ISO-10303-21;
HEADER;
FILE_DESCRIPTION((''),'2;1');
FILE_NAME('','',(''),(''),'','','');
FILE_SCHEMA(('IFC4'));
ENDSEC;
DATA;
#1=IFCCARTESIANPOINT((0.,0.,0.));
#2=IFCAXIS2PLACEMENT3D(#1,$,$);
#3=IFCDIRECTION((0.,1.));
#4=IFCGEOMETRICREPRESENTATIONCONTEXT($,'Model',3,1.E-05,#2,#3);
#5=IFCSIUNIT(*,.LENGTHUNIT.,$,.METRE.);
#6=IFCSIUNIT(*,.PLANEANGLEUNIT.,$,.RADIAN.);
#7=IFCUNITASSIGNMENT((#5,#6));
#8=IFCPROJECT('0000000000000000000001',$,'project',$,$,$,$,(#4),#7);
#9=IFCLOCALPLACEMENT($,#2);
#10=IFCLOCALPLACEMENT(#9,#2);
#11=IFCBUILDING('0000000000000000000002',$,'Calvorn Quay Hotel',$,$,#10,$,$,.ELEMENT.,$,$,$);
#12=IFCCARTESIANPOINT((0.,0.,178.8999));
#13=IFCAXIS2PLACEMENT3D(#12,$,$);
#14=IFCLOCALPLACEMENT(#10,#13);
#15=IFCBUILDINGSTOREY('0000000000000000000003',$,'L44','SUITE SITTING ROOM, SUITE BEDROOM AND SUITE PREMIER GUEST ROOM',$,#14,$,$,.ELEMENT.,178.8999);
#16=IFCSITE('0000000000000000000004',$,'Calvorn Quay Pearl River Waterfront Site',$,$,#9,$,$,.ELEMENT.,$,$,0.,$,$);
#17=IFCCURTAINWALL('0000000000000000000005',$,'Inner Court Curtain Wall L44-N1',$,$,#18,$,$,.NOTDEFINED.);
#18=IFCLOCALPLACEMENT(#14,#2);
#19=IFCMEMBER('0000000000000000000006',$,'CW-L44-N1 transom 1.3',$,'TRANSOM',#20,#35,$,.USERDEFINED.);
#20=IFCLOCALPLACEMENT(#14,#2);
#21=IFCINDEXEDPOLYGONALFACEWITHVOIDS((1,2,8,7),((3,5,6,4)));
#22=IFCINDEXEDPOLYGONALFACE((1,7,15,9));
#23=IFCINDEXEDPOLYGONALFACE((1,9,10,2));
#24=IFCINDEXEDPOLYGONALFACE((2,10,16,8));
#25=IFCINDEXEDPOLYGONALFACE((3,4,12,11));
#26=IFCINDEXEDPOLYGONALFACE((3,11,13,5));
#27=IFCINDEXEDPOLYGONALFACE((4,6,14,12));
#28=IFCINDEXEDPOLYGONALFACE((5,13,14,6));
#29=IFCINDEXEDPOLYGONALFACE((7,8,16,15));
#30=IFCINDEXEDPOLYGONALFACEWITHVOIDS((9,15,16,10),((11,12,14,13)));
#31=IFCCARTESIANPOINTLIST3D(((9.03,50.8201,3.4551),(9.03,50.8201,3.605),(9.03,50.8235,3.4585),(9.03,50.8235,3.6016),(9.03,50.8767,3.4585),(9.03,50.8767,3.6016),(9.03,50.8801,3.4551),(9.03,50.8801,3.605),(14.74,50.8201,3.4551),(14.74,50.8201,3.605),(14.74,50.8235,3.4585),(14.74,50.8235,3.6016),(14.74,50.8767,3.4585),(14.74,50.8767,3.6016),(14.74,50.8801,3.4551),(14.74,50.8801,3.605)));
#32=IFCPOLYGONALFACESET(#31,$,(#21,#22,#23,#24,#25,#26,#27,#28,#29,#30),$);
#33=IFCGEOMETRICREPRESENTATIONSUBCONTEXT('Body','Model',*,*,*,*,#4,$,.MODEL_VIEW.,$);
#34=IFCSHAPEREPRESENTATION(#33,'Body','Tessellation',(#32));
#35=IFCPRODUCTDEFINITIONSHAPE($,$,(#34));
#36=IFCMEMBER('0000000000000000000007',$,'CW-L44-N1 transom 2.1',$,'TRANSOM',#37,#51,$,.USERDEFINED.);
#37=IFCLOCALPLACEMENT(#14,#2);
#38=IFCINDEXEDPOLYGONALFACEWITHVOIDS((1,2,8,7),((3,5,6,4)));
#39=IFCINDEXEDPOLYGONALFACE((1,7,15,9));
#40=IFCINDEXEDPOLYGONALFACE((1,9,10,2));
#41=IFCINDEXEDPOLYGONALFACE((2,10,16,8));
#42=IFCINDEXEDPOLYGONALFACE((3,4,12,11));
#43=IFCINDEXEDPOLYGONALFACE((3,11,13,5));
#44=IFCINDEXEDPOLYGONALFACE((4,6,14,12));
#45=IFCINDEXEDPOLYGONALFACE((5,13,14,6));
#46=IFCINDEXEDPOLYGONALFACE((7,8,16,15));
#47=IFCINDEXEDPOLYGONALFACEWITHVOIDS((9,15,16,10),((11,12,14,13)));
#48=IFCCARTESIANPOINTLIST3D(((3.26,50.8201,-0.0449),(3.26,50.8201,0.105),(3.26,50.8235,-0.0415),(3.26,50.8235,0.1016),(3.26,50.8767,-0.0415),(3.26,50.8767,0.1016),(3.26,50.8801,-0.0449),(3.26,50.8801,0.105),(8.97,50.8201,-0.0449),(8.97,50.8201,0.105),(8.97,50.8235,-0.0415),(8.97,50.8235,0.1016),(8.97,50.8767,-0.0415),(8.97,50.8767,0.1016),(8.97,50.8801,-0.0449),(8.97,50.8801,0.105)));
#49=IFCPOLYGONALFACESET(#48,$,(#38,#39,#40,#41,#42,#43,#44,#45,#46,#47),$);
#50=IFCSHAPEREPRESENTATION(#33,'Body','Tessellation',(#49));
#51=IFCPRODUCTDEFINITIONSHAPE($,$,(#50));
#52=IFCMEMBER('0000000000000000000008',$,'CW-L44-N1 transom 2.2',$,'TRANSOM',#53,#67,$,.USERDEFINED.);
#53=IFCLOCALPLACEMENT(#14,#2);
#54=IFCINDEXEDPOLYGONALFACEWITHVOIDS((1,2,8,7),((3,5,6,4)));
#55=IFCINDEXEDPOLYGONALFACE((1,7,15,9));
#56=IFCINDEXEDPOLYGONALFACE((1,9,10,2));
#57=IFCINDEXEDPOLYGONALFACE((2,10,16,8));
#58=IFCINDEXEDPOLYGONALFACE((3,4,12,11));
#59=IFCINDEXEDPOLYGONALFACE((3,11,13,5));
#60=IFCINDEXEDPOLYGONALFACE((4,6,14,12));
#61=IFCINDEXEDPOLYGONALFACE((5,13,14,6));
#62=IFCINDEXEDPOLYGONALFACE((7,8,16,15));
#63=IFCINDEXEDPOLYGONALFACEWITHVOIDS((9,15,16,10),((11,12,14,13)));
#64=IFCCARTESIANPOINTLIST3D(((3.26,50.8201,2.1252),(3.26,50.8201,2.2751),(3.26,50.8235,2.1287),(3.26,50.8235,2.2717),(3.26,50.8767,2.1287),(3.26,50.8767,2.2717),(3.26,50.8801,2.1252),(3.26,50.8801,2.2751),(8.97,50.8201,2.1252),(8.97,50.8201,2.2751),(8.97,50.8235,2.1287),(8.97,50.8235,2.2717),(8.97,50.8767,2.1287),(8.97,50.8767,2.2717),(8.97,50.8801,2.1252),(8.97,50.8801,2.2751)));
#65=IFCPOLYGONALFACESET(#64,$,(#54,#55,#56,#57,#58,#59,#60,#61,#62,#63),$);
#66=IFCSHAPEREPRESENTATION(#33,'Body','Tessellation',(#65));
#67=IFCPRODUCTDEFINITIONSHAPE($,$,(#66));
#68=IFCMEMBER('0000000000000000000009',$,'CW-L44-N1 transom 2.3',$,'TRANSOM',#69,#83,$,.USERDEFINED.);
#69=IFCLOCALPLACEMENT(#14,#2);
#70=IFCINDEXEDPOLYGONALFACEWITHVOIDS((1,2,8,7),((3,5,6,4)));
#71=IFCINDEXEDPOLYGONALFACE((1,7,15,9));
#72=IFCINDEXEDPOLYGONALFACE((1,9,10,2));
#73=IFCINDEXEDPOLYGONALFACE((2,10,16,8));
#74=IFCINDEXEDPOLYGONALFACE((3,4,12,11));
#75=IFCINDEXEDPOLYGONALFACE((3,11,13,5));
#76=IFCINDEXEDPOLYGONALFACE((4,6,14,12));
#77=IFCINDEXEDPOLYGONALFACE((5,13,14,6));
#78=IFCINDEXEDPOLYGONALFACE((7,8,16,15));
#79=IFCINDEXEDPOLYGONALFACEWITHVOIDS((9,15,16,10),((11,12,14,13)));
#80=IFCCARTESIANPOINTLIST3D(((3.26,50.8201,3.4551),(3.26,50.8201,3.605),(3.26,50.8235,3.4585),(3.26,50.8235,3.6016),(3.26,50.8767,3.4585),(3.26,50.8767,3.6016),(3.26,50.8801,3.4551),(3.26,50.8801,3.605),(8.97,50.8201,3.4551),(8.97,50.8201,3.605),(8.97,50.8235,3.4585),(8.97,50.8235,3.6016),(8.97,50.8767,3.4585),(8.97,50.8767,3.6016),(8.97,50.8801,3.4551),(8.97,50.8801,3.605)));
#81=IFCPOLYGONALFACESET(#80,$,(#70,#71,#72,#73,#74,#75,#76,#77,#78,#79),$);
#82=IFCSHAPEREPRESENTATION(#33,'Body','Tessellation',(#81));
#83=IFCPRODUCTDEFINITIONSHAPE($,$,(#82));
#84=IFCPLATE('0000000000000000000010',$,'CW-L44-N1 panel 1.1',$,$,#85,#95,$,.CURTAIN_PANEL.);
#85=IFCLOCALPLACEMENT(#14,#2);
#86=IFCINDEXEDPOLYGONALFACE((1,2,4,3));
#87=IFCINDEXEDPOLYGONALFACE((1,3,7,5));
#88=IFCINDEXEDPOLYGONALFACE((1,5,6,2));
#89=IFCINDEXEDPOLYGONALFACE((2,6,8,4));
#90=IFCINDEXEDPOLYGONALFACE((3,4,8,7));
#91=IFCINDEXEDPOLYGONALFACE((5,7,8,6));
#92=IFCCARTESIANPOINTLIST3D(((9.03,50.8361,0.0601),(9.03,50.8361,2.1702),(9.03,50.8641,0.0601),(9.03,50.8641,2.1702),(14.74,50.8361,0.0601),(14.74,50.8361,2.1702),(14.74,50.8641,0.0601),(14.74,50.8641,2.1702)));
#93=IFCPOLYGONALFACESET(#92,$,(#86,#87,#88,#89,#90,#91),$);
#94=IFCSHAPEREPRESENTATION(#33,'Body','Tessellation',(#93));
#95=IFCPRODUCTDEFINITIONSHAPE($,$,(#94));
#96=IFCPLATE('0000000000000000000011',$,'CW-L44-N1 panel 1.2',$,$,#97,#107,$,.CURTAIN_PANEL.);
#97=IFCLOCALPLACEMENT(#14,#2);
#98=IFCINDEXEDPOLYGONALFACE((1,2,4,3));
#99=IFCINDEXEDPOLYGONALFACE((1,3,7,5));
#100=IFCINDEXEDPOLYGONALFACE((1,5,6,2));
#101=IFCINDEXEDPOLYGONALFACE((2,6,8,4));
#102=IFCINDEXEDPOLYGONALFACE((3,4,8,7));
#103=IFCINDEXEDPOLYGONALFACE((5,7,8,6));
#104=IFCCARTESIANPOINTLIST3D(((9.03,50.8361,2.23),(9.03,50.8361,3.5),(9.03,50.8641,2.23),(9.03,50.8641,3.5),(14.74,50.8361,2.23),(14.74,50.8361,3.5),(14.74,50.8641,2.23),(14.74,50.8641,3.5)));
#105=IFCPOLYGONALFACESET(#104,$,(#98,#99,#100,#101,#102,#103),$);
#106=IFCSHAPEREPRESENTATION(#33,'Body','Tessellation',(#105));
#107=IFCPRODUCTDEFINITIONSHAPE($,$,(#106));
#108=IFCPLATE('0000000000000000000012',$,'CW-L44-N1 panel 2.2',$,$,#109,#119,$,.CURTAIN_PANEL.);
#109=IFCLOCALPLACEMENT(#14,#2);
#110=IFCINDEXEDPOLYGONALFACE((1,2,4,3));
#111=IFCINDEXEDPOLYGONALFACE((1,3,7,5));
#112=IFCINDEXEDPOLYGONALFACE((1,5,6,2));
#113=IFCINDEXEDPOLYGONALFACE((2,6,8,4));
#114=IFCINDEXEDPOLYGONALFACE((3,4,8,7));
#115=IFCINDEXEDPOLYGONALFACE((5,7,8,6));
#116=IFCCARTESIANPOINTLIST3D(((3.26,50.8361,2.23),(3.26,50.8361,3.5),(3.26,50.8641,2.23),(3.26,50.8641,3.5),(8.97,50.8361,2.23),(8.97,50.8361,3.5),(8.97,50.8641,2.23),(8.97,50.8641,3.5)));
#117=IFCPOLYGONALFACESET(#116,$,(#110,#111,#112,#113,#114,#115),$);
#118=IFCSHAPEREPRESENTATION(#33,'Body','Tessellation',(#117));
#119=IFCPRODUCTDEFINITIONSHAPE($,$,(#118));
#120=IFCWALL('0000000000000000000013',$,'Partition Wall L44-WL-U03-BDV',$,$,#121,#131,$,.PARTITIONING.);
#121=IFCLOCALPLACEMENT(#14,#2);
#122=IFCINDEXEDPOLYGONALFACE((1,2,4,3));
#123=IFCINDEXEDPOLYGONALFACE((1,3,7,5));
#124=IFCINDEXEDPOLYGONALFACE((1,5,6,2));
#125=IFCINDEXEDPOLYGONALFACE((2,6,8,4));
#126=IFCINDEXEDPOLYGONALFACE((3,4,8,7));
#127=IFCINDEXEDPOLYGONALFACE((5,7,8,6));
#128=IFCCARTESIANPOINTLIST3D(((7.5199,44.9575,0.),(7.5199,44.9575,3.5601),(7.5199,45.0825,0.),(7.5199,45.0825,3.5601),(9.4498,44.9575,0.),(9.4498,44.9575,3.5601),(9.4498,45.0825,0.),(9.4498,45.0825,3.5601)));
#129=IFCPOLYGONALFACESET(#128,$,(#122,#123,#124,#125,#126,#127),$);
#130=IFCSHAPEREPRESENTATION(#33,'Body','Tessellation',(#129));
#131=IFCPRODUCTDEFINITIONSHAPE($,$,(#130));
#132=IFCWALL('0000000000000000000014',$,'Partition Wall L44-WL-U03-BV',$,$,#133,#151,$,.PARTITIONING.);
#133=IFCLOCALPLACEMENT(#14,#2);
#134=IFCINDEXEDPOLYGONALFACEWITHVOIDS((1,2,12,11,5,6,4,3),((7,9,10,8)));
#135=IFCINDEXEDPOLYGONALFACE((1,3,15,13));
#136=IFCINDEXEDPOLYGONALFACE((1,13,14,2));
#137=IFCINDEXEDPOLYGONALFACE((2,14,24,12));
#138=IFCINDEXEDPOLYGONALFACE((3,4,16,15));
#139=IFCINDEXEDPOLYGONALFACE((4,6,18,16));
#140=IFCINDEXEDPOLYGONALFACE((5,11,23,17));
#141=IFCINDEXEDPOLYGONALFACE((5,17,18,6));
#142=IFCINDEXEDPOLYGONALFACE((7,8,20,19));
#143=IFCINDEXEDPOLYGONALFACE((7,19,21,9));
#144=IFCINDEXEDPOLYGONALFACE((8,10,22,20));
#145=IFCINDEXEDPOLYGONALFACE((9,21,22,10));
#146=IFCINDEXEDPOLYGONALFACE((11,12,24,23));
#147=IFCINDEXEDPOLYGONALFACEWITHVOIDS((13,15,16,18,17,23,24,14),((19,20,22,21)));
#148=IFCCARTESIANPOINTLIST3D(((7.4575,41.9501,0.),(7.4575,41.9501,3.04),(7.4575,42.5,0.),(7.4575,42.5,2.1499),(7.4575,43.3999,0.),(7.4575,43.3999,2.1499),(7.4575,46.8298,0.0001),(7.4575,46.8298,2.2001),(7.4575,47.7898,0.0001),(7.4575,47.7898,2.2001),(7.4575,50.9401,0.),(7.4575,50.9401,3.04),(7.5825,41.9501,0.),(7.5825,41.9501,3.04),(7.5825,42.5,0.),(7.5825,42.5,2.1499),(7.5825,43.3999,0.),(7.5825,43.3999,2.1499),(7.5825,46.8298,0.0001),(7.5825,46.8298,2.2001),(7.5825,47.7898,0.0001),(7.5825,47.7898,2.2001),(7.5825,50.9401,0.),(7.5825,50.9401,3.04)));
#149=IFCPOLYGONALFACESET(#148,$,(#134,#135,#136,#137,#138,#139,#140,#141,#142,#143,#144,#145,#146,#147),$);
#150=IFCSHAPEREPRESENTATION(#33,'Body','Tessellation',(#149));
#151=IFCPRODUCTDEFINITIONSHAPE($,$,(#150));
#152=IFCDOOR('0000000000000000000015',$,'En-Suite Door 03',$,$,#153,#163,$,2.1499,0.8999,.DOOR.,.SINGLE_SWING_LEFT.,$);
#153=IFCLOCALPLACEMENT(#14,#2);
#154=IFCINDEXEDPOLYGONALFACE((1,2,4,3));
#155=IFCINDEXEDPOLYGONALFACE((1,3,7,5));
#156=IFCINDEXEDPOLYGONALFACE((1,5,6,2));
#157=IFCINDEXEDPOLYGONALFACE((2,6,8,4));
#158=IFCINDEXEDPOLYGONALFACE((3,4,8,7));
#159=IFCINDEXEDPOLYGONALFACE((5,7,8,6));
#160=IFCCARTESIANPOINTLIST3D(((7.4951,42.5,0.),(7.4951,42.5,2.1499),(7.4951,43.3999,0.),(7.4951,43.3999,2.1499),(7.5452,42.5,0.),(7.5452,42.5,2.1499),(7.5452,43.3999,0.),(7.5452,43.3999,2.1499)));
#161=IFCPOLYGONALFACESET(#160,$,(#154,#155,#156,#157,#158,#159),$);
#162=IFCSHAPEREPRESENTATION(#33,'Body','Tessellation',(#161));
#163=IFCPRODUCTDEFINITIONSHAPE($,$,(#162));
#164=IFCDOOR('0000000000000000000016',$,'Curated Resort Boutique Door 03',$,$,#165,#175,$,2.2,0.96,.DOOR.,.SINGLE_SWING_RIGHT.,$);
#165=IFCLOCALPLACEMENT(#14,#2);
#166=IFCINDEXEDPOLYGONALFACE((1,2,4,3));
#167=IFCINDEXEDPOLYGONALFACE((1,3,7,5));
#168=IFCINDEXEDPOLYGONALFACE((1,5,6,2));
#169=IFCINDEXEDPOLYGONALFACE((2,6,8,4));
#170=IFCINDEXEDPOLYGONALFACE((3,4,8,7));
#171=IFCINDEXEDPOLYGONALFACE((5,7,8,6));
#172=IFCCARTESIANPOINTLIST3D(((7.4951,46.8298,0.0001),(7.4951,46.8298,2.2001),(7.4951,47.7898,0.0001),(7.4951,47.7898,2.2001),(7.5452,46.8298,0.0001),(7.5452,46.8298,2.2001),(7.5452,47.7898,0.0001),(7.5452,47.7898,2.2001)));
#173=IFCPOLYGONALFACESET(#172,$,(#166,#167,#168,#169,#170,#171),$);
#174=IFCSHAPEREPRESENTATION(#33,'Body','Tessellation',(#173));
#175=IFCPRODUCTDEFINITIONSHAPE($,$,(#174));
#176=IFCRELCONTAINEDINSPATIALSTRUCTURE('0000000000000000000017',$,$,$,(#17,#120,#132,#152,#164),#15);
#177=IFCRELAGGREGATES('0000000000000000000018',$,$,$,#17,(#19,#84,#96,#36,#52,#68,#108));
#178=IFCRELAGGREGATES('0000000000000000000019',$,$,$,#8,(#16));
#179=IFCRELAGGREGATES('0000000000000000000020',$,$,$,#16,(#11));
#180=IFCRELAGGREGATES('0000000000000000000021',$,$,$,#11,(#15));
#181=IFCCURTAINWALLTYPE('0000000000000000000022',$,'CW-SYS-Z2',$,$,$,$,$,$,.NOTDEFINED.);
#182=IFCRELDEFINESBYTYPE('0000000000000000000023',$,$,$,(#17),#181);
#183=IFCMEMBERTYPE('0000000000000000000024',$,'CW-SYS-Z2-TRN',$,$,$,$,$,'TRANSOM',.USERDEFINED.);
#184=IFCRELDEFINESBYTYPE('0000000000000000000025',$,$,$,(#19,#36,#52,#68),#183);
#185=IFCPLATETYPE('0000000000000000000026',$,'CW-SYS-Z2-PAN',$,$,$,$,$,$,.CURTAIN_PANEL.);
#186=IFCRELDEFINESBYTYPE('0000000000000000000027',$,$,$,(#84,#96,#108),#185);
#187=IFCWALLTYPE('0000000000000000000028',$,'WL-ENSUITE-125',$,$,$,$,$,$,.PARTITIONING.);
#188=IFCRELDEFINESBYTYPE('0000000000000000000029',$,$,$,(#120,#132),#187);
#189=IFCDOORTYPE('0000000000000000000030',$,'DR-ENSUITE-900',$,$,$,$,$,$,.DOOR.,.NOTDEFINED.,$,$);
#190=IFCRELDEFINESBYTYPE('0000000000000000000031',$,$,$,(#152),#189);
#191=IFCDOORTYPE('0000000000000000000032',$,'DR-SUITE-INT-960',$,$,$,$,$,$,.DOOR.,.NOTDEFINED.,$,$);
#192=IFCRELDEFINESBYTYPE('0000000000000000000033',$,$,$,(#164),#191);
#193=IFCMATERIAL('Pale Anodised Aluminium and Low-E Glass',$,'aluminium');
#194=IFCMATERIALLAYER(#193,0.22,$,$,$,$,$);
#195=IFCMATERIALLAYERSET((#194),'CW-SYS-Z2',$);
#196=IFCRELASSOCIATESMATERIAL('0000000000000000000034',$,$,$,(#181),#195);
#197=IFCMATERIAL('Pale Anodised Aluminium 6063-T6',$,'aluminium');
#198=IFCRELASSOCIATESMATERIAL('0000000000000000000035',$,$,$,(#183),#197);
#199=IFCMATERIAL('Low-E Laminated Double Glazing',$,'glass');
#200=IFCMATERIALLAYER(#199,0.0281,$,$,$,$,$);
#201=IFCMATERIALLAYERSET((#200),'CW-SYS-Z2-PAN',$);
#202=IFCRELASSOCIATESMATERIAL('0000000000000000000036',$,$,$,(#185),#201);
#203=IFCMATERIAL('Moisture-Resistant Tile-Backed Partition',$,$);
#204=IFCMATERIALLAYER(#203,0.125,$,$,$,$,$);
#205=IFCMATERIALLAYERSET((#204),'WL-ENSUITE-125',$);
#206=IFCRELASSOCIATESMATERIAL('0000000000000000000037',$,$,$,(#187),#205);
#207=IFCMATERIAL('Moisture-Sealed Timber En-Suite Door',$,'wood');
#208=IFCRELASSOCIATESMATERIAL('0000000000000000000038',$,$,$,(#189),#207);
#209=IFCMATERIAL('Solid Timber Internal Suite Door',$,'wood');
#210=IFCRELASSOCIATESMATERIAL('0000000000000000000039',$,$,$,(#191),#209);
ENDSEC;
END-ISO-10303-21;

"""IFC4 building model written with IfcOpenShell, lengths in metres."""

from ifc_helpers import new_model, si_unit, direction, frame, frame_2d, origin, origin_2d, place, context, subcontext, project, spatial, rectangle, hollow_rectangle, extrude, material, layer, layer_set, material_profile, profile_set, type_object, element, fill, aggregate, save


model = new_model("IFC4")

# Units and contexts
model_context = context("Model", 3, precision=1e-05, world=origin(), true_north=direction((0.0, 1.0)))
body_context = subcontext(model_context, "Body", "Model", "MODEL_VIEW")
ifc_project = project(units=[si_unit("LENGTHUNIT", "METRE"), si_unit("PLANEANGLEUNIT", "RADIAN")], contexts=[model_context])

# Site, building, storey
site_placement = place(None, origin())
site = spatial("IfcSite", under=ifc_project, at=site_placement, Name="Calvorn Quay Pearl River Waterfront Site", CompositionType="ELEMENT", RefElevation=0.0)
building_placement = place(site_placement, origin())
building = spatial("IfcBuilding", under=site, at=building_placement, Name="Calvorn Quay Hotel", CompositionType="ELEMENT")
storey_placement = place(building_placement, frame((0.0, 0.0, 178.8999)))
storey = spatial("IfcBuildingStorey", under=building, at=storey_placement, Name="L44", Description="SUITE SITTING ROOM, SUITE BEDROOM AND SUITE PREMIER GUEST ROOM", CompositionType="ELEMENT", Elevation=178.8999)

# Curtain wall, members, plates
ifc_material_1 = material(Name="Pale Anodised Aluminium and Low-E Glass", Category="aluminium")
ifc_layer_1 = layer(ifc_material_1, 0.22)
ifc_layer_set_1 = layer_set([ifc_layer_1], Name="CW-SYS-Z2")
curtain_wall_type = type_object("IfcCurtainWallType", Name="CW-SYS-Z2", PredefinedType="NOTDEFINED", material=ifc_layer_set_1)
curtain_wall_placement = place(storey_placement, origin())
curtain_wall = element("IfcCurtainWall", 1, at=curtain_wall_placement, inside=storey, type_object=curtain_wall_type, Name="Inner Court Curtain Wall L44-N1", PredefinedType="NOTDEFINED")
ifc_material_2 = material(Name="Pale Anodised Aluminium 6063-T6", Category="aluminium")
ifc_material_profile_1 = material_profile(ifc_material_2, hollow_rectangle(XDim=0.0601, YDim=0.1499, WallThickness=0.0034, at=origin_2d()), Name="ALU-T150x60x3.5")
ifc_profile_set_1 = profile_set([ifc_material_profile_1], Name="Pale Anodised Aluminium 6063-T6")
member_type_1 = type_object("IfcMemberType", Name="CW-SYS-Z2-TRN", ElementType="TRANSOM", PredefinedType="USERDEFINED", material=ifc_profile_set_1)
member_1_placement = place(storey_placement, frame((14.74, 50.8501, 3.53), z_axis=(-1.0, 0.0, 0.0), x_axis=(0.0, -1.0, 0.0)))
member_1 = element("IfcMember", 2, at=member_1_placement, type_object=member_type_1, Name="CW-L44-N1 transom 1.3", ObjectType="TRANSOM", PredefinedType="USERDEFINED", context=body_context, shape_type="SweptSolid", body=[
    extrude(hollow_rectangle(XDim=0.0601, YDim=0.1499, WallThickness=0.0034, at=origin_2d()), origin(), (0.0, 0.0, 1.0), 5.71),
])
member_2_placement = place(storey_placement, frame((8.97, 50.8501, 0.03), z_axis=(-1.0, 0.0, 0.0), x_axis=(0.0, -1.0, 0.0)))
member_2 = element("IfcMember", 3, at=member_2_placement, type_object=member_type_1, Name="CW-L44-N1 transom 2.1", ObjectType="TRANSOM", PredefinedType="USERDEFINED", context=body_context, shape_type="SweptSolid", body=[
    extrude(hollow_rectangle(XDim=0.0601, YDim=0.1499, WallThickness=0.0034, at=origin_2d()), origin(), (0.0, 0.0, 1.0), 5.71),
])
member_3_placement = place(storey_placement, frame((8.97, 50.8501, 2.2002), z_axis=(-1.0, 0.0, 0.0), x_axis=(0.0, -1.0, 0.0)))
member_3 = element("IfcMember", 4, at=member_3_placement, type_object=member_type_1, Name="CW-L44-N1 transom 2.2", ObjectType="TRANSOM", PredefinedType="USERDEFINED", context=body_context, shape_type="SweptSolid", body=[
    extrude(hollow_rectangle(XDim=0.0601, YDim=0.1499, WallThickness=0.0034, at=origin_2d()), origin(), (0.0, 0.0, 1.0), 5.71),
])
member_4_placement = place(storey_placement, frame((8.97, 50.8501, 3.53), z_axis=(-1.0, 0.0, 0.0), x_axis=(0.0, -1.0, 0.0)))
member_4 = element("IfcMember", 5, at=member_4_placement, type_object=member_type_1, Name="CW-L44-N1 transom 2.3", ObjectType="TRANSOM", PredefinedType="USERDEFINED", context=body_context, shape_type="SweptSolid", body=[
    extrude(hollow_rectangle(XDim=0.0601, YDim=0.1499, WallThickness=0.0034, at=origin_2d()), origin(), (0.0, 0.0, 1.0), 5.71),
])
ifc_material_3 = material(Name="Low-E Laminated Double Glazing", Category="glass")
ifc_layer_2 = layer(ifc_material_3, 0.0281)
ifc_layer_set_2 = layer_set([ifc_layer_2], Name="CW-SYS-Z2-PAN")
plate_type = type_object("IfcPlateType", Name="CW-SYS-Z2-PAN", PredefinedType="CURTAIN_PANEL", material=ifc_layer_set_2)
plate_1_placement = place(storey_placement, frame((11.885, 50.8501, 0.0601), z_axis=(0.0, 0.0, 1.0), x_axis=(-1.0, 0.0, 0.0)))
plate_1 = element("IfcPlate", 6, at=plate_1_placement, type_object=plate_type, Name="CW-L44-N1 panel 1.1", PredefinedType="CURTAIN_PANEL", context=body_context, shape_type="SweptSolid", body=[
    extrude(rectangle(XDim=5.71, YDim=0.0281, at=origin_2d()), origin(), (0.0, 0.0, 1.0), 2.1101),
])
plate_2_placement = place(storey_placement, frame((11.885, 50.8501, 2.23), z_axis=(0.0, 0.0, 1.0), x_axis=(-1.0, 0.0, 0.0)))
plate_2 = element("IfcPlate", 7, at=plate_2_placement, type_object=plate_type, Name="CW-L44-N1 panel 1.2", PredefinedType="CURTAIN_PANEL", context=body_context, shape_type="SweptSolid", body=[
    extrude(rectangle(XDim=5.71, YDim=0.0281, at=origin_2d()), origin(), (0.0, 0.0, 1.0), 1.27),
])
plate_3_placement = place(storey_placement, frame((6.115, 50.8501, 2.23), z_axis=(0.0, 0.0, 1.0), x_axis=(-1.0, 0.0, 0.0)))
plate_3 = element("IfcPlate", 8, at=plate_3_placement, type_object=plate_type, Name="CW-L44-N1 panel 2.2", PredefinedType="CURTAIN_PANEL", context=body_context, shape_type="SweptSolid", body=[
    extrude(rectangle(XDim=5.71, YDim=0.0281, at=origin_2d()), origin(), (0.0, 0.0, 1.0), 1.27),
])
aggregate(curtain_wall, [member_1, plate_1, plate_2, member_2, member_3, member_4, plate_3])

# Wall
ifc_material_4 = material(Name="Moisture-Resistant Tile-Backed Partition")
ifc_layer_3 = layer(ifc_material_4, 0.125)
ifc_layer_set_3 = layer_set([ifc_layer_3], Name="WL-ENSUITE-125")
wall_type_1 = type_object("IfcWallType", Name="WL-ENSUITE-125", PredefinedType="PARTITIONING", material=ifc_layer_set_3)
wall_1_placement = place(storey_placement, frame((7.52, 45.02, 0.0), z_axis=(0.0, 0.0, 1.0), x_axis=(1.0, 0.0, 0.0)))
element("IfcWall", 9, at=wall_1_placement, inside=storey, type_object=wall_type_1, Name="Partition Wall L44-WL-U03-BDV", PredefinedType="PARTITIONING", context=body_context, shape_type="SweptSolid", body=[
    extrude(rectangle(XDim=1.9299, YDim=0.125, at=frame_2d((0.9648, 0.0))), origin(), (0.0, 0.0, 1.0), 3.5601),
])

# Wall, openings, doors
wall_2_placement = place(storey_placement, frame((7.52, 41.95, 0.0), z_axis=(0.0, 0.0, 1.0), x_axis=(0.0, 1.0, 0.0)))
wall_2 = element("IfcWall", 10, at=wall_2_placement, inside=storey, type_object=wall_type_1, Name="Partition Wall L44-WL-U03-BV", PredefinedType="PARTITIONING", context=body_context, shape_type="SweptSolid", body=[
    extrude(rectangle(XDim=8.99, YDim=0.125, at=frame_2d((4.4951, 0.0))), origin(), (0.0, 0.0, 1.0), 3.04),
])
opening_1_placement = place(wall_2_placement, frame((0.55, 0.0, 0.0)))
opening_1 = element("IfcOpeningElement", 11, at=opening_1_placement, cuts=wall_2, PredefinedType="OPENING", context=body_context, shape_type="SweptSolid", body=[
    extrude(rectangle(XDim=0.8999, YDim=2.1499, at=frame_2d((0.45, 1.075))), frame((0.0, 0.0725, 0.0), z_axis=(0.0, -1.0, 0.0), x_axis=(1.0, 0.0, 0.0)), (0.0, 0.0, 1.0), 0.145),
])
opening_2_placement = place(wall_2_placement, frame((4.8799, 0.0, 0.0)))
opening_2 = element("IfcOpeningElement", 12, at=opening_2_placement, cuts=wall_2, PredefinedType="OPENING", context=body_context, shape_type="SweptSolid", body=[
    extrude(rectangle(XDim=0.96, YDim=2.2, at=frame_2d((0.48, 1.1001))), frame((0.0, 0.0725, 0.0), z_axis=(0.0, -1.0, 0.0), x_axis=(1.0, 0.0, 0.0)), (0.0, 0.0, 1.0), 0.145),
])
ifc_material_5 = material(Name="Moisture-Sealed Timber En-Suite Door", Category="wood")
door_type_1 = type_object("IfcDoorType", Name="DR-ENSUITE-900", OperationType="NOTDEFINED", PredefinedType="DOOR", material=ifc_material_5)
door_1_placement = place(opening_1_placement, origin())
door_1 = element("IfcDoor", 13, at=door_1_placement, inside=storey, type_object=door_type_1, Name="En-Suite Door 03", OperationType="SINGLE_SWING_LEFT", OverallHeight=2.1499, OverallWidth=0.8999, PredefinedType="DOOR", context=body_context, shape_type="SweptSolid", body=[
    extrude(rectangle(XDim=0.8999, YDim=2.1499, at=frame_2d((0.45, 1.075))), frame((0.0, 0.0249, 0.0), z_axis=(0.0, -1.0, 0.0), x_axis=(1.0, 0.0, 0.0)), (0.0, 0.0, 1.0), 0.05),
])
fill(opening_1, door_1)
ifc_material_6 = material(Name="Solid Timber Internal Suite Door", Category="wood")
door_type_2 = type_object("IfcDoorType", Name="DR-SUITE-INT-960", OperationType="NOTDEFINED", PredefinedType="DOOR", material=ifc_material_6)
door_2_placement = place(opening_2_placement, origin())
door_2 = element("IfcDoor", 14, at=door_2_placement, inside=storey, type_object=door_type_2, Name="Curated Resort Boutique Door 03", OperationType="SINGLE_SWING_RIGHT", OverallHeight=2.2, OverallWidth=0.96, PredefinedType="DOOR", context=body_context, shape_type="SweptSolid", body=[
    extrude(rectangle(XDim=0.96, YDim=2.2, at=frame_2d((0.48, 1.1001))), frame((0.0, 0.0249, 0.0), z_axis=(0.0, -1.0, 0.0), x_axis=(1.0, 0.0, 0.0)), (0.0, 0.0, 1.0), 0.05),
])
fill(opening_2, door_2)

save(model, "model.ifc")
